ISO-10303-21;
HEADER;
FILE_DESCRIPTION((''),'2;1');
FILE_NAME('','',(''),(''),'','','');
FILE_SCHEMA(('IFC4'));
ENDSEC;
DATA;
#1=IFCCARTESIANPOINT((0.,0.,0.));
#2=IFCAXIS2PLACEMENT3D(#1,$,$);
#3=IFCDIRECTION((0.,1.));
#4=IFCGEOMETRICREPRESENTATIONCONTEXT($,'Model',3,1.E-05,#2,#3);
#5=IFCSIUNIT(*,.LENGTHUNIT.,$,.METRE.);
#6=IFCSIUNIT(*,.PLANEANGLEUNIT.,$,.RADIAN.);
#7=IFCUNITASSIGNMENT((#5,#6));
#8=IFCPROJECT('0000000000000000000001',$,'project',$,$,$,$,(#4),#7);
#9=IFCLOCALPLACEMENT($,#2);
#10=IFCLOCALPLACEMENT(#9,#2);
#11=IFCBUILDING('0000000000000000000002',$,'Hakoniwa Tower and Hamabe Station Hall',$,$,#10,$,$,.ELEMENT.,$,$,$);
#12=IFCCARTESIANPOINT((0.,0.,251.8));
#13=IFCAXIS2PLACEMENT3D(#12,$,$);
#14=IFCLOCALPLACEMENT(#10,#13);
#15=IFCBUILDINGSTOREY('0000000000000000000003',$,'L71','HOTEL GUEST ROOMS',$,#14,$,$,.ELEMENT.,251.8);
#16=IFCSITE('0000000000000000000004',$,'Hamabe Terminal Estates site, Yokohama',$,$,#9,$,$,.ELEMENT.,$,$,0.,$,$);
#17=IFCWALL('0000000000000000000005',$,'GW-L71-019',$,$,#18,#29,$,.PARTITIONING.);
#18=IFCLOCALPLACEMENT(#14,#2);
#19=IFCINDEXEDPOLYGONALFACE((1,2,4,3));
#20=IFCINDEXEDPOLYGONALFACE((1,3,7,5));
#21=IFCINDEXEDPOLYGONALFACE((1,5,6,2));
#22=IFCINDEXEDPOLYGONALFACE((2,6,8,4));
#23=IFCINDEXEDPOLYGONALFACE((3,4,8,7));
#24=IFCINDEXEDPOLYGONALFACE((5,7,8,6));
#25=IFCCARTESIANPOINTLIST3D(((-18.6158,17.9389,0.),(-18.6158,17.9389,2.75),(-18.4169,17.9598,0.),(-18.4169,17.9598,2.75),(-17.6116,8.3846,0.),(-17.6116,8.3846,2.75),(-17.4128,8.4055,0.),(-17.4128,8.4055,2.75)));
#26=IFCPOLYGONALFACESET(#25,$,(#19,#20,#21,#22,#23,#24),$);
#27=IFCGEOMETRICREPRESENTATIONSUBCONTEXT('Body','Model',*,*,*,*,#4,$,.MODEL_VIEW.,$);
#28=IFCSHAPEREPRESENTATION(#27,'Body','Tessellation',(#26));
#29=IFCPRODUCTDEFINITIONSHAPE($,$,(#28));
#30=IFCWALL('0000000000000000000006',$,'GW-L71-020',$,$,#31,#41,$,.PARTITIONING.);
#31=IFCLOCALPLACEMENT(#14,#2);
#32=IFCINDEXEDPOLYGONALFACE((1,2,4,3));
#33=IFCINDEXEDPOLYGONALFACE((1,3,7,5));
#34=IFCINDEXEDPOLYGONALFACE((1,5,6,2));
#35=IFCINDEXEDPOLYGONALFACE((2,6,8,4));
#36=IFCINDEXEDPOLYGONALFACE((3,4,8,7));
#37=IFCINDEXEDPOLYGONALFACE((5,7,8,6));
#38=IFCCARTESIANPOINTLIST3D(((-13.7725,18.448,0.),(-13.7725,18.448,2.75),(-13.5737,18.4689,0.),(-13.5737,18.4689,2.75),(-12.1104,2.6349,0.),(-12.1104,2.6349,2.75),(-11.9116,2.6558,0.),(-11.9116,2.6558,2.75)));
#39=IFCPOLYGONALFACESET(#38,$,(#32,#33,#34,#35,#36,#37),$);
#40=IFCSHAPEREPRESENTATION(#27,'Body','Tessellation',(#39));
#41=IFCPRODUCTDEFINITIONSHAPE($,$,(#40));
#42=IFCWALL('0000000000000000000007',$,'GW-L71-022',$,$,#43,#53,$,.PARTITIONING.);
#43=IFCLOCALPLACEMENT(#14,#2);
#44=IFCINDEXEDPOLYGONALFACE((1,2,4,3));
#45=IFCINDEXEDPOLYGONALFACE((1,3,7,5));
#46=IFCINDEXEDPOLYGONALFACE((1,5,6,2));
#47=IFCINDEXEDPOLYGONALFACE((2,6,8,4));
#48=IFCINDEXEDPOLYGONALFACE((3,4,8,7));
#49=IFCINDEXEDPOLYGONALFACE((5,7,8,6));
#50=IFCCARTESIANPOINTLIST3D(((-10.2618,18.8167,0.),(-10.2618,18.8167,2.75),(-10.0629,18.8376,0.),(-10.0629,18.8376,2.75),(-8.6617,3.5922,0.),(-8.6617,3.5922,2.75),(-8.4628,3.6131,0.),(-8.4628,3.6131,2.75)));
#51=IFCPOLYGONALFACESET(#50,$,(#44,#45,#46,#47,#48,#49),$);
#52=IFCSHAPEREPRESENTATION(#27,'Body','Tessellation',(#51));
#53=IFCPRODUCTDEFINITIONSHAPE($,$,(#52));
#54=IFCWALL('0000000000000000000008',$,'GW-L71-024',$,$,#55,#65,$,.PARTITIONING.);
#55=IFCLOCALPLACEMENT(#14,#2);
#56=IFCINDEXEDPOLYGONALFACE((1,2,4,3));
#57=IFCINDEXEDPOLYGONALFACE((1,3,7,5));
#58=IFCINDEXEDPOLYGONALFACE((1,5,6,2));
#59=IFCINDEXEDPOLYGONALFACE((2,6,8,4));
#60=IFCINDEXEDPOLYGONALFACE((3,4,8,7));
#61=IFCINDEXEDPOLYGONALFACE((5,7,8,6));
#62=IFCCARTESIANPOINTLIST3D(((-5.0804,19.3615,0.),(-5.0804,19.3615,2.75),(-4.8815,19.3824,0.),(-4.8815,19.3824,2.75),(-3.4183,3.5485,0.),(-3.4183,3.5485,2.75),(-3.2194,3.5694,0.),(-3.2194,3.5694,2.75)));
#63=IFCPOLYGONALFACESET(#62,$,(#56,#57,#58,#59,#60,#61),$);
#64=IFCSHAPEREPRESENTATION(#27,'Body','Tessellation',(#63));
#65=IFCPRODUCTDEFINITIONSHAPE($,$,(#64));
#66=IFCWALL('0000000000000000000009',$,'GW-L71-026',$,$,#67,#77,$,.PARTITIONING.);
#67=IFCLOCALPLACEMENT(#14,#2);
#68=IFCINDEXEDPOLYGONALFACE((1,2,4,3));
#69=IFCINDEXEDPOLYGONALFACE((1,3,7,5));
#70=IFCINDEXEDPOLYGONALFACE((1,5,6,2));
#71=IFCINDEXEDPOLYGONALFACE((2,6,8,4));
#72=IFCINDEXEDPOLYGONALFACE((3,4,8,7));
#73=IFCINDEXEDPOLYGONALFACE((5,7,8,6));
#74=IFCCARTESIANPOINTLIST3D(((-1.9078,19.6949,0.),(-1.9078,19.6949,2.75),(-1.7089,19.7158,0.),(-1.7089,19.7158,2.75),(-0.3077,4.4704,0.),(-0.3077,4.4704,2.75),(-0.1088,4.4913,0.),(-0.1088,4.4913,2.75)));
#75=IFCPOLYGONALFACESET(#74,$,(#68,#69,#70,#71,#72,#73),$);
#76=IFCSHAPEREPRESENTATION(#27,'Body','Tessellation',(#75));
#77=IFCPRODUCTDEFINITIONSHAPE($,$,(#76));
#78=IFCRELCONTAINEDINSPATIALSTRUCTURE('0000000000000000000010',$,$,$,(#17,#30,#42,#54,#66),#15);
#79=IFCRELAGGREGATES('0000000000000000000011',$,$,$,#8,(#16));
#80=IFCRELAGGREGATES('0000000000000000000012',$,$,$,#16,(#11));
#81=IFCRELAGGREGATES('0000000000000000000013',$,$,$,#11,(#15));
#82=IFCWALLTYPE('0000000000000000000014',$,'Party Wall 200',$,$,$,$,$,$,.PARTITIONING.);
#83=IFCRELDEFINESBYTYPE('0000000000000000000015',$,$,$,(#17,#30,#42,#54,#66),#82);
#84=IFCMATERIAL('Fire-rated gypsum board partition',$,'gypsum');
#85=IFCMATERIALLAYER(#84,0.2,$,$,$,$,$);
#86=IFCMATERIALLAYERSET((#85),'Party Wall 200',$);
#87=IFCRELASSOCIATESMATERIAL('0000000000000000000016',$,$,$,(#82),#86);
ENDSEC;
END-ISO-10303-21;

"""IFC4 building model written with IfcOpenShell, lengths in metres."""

from ifc_helpers import new_model, si_unit, direction, frame, frame_2d, origin, place, context, subcontext, project, spatial, rectangle, extrude, material, layer, layer_set, type_object, element, save


model = new_model("IFC4")

# Units and contexts
model_context = context("Model", 3, precision=1e-05, world=origin(), true_north=direction((0.0, 1.0)))
body_context = subcontext(model_context, "Body", "Model", "MODEL_VIEW")
ifc_project = project(units=[si_unit("LENGTHUNIT", "METRE"), si_unit("PLANEANGLEUNIT", "RADIAN")], contexts=[model_context])

# Site, building, storey
site_placement = place(None, origin())
site = spatial("IfcSite", under=ifc_project, at=site_placement, Name="Hamabe Terminal Estates site, Yokohama", CompositionType="ELEMENT", RefElevation=0.0)
building_placement = place(site_placement, origin())
building = spatial("IfcBuilding", under=site, at=building_placement, Name="Hakoniwa Tower and Hamabe Station Hall", CompositionType="ELEMENT")
storey_placement = place(building_placement, frame((0.0, 0.0, 251.8)))
storey = spatial("IfcBuildingStorey", under=building, at=storey_placement, Name="L71", Description="HOTEL GUEST ROOMS", CompositionType="ELEMENT", Elevation=251.8)

# Walls
ifc_material_1 = material(Name="Fire-rated gypsum board partition", Category="gypsum")
ifc_layer_1 = layer(ifc_material_1, 0.2)
ifc_layer_set_1 = layer_set([ifc_layer_1], Name="Party Wall 200")
wall_type_1 = type_object("IfcWallType", Name="Party Wall 200", PredefinedType="PARTITIONING", material=ifc_layer_set_1)
wall_1_placement = place(storey_placement, frame((-17.5122, 8.395, 0.0), z_axis=(0.0, 0.0, 1.0), x_axis=(-0.104525, 0.994522, 0.0)))
element("IfcWall", 1, at=wall_1_placement, inside=storey, type_object=wall_type_1, Name="GW-L71-019", PredefinedType="PARTITIONING", context=body_context, shape_type="SweptSolid", body=[
    extrude(rectangle(XDim=9.6069, YDim=0.2, at=frame_2d((4.8035, 0.0))), origin(), (0.0, 0.0, 1.0), 2.75),
])
wall_2_placement = place(storey_placement, frame((-12.011, 2.6453, 0.0), z_axis=(0.0, 0.0, 1.0), x_axis=(-0.104535, 0.994521, 0.0)))
element("IfcWall", 2, at=wall_2_placement, inside=storey, type_object=wall_type_1, Name="GW-L71-020", PredefinedType="PARTITIONING", context=body_context, shape_type="SweptSolid", body=[
    extrude(rectangle(XDim=15.9001, YDim=0.2, at=frame_2d((7.9502, 0.0))), origin(), (0.0, 0.0, 1.0), 2.75),
])
wall_3_placement = place(storey_placement, frame((-8.5623, 3.6025, 0.0), z_axis=(0.0, 0.0, 1.0), x_axis=(-0.104524, 0.994522, 0.0)))
element("IfcWall", 3, at=wall_3_placement, inside=storey, type_object=wall_type_1, Name="GW-L71-022", PredefinedType="PARTITIONING", context=body_context, shape_type="SweptSolid", body=[
    extrude(rectangle(XDim=15.3083, YDim=0.2, at=frame_2d((7.6543, 0.0))), origin(), (0.0, 0.0, 1.0), 2.75),
])
wall_4_placement = place(storey_placement, frame((-3.3188, 3.5588, 0.0), z_axis=(0.0, 0.0, 1.0), x_axis=(-0.104535, 0.994521, 0.0)))
element("IfcWall", 4, at=wall_4_placement, inside=storey, type_object=wall_type_1, Name="GW-L71-024", PredefinedType="PARTITIONING", context=body_context, shape_type="SweptSolid", body=[
    extrude(rectangle(XDim=15.9001, YDim=0.2, at=frame_2d((7.9502, 0.0))), origin(), (0.0, 0.0, 1.0), 2.75),
])
wall_5_placement = place(storey_placement, frame((-0.2083, 4.4807, 0.0), z_axis=(0.0, 0.0, 1.0), x_axis=(-0.104524, 0.994522, 0.0)))
element("IfcWall", 5, at=wall_5_placement, inside=storey, type_object=wall_type_1, Name="GW-L71-026", PredefinedType="PARTITIONING", context=body_context, shape_type="SweptSolid", body=[
    extrude(rectangle(XDim=15.3083, YDim=0.2, at=frame_2d((7.6543, 0.0))), origin(), (0.0, 0.0, 1.0), 2.75),
])

save(model, "model.ifc")
